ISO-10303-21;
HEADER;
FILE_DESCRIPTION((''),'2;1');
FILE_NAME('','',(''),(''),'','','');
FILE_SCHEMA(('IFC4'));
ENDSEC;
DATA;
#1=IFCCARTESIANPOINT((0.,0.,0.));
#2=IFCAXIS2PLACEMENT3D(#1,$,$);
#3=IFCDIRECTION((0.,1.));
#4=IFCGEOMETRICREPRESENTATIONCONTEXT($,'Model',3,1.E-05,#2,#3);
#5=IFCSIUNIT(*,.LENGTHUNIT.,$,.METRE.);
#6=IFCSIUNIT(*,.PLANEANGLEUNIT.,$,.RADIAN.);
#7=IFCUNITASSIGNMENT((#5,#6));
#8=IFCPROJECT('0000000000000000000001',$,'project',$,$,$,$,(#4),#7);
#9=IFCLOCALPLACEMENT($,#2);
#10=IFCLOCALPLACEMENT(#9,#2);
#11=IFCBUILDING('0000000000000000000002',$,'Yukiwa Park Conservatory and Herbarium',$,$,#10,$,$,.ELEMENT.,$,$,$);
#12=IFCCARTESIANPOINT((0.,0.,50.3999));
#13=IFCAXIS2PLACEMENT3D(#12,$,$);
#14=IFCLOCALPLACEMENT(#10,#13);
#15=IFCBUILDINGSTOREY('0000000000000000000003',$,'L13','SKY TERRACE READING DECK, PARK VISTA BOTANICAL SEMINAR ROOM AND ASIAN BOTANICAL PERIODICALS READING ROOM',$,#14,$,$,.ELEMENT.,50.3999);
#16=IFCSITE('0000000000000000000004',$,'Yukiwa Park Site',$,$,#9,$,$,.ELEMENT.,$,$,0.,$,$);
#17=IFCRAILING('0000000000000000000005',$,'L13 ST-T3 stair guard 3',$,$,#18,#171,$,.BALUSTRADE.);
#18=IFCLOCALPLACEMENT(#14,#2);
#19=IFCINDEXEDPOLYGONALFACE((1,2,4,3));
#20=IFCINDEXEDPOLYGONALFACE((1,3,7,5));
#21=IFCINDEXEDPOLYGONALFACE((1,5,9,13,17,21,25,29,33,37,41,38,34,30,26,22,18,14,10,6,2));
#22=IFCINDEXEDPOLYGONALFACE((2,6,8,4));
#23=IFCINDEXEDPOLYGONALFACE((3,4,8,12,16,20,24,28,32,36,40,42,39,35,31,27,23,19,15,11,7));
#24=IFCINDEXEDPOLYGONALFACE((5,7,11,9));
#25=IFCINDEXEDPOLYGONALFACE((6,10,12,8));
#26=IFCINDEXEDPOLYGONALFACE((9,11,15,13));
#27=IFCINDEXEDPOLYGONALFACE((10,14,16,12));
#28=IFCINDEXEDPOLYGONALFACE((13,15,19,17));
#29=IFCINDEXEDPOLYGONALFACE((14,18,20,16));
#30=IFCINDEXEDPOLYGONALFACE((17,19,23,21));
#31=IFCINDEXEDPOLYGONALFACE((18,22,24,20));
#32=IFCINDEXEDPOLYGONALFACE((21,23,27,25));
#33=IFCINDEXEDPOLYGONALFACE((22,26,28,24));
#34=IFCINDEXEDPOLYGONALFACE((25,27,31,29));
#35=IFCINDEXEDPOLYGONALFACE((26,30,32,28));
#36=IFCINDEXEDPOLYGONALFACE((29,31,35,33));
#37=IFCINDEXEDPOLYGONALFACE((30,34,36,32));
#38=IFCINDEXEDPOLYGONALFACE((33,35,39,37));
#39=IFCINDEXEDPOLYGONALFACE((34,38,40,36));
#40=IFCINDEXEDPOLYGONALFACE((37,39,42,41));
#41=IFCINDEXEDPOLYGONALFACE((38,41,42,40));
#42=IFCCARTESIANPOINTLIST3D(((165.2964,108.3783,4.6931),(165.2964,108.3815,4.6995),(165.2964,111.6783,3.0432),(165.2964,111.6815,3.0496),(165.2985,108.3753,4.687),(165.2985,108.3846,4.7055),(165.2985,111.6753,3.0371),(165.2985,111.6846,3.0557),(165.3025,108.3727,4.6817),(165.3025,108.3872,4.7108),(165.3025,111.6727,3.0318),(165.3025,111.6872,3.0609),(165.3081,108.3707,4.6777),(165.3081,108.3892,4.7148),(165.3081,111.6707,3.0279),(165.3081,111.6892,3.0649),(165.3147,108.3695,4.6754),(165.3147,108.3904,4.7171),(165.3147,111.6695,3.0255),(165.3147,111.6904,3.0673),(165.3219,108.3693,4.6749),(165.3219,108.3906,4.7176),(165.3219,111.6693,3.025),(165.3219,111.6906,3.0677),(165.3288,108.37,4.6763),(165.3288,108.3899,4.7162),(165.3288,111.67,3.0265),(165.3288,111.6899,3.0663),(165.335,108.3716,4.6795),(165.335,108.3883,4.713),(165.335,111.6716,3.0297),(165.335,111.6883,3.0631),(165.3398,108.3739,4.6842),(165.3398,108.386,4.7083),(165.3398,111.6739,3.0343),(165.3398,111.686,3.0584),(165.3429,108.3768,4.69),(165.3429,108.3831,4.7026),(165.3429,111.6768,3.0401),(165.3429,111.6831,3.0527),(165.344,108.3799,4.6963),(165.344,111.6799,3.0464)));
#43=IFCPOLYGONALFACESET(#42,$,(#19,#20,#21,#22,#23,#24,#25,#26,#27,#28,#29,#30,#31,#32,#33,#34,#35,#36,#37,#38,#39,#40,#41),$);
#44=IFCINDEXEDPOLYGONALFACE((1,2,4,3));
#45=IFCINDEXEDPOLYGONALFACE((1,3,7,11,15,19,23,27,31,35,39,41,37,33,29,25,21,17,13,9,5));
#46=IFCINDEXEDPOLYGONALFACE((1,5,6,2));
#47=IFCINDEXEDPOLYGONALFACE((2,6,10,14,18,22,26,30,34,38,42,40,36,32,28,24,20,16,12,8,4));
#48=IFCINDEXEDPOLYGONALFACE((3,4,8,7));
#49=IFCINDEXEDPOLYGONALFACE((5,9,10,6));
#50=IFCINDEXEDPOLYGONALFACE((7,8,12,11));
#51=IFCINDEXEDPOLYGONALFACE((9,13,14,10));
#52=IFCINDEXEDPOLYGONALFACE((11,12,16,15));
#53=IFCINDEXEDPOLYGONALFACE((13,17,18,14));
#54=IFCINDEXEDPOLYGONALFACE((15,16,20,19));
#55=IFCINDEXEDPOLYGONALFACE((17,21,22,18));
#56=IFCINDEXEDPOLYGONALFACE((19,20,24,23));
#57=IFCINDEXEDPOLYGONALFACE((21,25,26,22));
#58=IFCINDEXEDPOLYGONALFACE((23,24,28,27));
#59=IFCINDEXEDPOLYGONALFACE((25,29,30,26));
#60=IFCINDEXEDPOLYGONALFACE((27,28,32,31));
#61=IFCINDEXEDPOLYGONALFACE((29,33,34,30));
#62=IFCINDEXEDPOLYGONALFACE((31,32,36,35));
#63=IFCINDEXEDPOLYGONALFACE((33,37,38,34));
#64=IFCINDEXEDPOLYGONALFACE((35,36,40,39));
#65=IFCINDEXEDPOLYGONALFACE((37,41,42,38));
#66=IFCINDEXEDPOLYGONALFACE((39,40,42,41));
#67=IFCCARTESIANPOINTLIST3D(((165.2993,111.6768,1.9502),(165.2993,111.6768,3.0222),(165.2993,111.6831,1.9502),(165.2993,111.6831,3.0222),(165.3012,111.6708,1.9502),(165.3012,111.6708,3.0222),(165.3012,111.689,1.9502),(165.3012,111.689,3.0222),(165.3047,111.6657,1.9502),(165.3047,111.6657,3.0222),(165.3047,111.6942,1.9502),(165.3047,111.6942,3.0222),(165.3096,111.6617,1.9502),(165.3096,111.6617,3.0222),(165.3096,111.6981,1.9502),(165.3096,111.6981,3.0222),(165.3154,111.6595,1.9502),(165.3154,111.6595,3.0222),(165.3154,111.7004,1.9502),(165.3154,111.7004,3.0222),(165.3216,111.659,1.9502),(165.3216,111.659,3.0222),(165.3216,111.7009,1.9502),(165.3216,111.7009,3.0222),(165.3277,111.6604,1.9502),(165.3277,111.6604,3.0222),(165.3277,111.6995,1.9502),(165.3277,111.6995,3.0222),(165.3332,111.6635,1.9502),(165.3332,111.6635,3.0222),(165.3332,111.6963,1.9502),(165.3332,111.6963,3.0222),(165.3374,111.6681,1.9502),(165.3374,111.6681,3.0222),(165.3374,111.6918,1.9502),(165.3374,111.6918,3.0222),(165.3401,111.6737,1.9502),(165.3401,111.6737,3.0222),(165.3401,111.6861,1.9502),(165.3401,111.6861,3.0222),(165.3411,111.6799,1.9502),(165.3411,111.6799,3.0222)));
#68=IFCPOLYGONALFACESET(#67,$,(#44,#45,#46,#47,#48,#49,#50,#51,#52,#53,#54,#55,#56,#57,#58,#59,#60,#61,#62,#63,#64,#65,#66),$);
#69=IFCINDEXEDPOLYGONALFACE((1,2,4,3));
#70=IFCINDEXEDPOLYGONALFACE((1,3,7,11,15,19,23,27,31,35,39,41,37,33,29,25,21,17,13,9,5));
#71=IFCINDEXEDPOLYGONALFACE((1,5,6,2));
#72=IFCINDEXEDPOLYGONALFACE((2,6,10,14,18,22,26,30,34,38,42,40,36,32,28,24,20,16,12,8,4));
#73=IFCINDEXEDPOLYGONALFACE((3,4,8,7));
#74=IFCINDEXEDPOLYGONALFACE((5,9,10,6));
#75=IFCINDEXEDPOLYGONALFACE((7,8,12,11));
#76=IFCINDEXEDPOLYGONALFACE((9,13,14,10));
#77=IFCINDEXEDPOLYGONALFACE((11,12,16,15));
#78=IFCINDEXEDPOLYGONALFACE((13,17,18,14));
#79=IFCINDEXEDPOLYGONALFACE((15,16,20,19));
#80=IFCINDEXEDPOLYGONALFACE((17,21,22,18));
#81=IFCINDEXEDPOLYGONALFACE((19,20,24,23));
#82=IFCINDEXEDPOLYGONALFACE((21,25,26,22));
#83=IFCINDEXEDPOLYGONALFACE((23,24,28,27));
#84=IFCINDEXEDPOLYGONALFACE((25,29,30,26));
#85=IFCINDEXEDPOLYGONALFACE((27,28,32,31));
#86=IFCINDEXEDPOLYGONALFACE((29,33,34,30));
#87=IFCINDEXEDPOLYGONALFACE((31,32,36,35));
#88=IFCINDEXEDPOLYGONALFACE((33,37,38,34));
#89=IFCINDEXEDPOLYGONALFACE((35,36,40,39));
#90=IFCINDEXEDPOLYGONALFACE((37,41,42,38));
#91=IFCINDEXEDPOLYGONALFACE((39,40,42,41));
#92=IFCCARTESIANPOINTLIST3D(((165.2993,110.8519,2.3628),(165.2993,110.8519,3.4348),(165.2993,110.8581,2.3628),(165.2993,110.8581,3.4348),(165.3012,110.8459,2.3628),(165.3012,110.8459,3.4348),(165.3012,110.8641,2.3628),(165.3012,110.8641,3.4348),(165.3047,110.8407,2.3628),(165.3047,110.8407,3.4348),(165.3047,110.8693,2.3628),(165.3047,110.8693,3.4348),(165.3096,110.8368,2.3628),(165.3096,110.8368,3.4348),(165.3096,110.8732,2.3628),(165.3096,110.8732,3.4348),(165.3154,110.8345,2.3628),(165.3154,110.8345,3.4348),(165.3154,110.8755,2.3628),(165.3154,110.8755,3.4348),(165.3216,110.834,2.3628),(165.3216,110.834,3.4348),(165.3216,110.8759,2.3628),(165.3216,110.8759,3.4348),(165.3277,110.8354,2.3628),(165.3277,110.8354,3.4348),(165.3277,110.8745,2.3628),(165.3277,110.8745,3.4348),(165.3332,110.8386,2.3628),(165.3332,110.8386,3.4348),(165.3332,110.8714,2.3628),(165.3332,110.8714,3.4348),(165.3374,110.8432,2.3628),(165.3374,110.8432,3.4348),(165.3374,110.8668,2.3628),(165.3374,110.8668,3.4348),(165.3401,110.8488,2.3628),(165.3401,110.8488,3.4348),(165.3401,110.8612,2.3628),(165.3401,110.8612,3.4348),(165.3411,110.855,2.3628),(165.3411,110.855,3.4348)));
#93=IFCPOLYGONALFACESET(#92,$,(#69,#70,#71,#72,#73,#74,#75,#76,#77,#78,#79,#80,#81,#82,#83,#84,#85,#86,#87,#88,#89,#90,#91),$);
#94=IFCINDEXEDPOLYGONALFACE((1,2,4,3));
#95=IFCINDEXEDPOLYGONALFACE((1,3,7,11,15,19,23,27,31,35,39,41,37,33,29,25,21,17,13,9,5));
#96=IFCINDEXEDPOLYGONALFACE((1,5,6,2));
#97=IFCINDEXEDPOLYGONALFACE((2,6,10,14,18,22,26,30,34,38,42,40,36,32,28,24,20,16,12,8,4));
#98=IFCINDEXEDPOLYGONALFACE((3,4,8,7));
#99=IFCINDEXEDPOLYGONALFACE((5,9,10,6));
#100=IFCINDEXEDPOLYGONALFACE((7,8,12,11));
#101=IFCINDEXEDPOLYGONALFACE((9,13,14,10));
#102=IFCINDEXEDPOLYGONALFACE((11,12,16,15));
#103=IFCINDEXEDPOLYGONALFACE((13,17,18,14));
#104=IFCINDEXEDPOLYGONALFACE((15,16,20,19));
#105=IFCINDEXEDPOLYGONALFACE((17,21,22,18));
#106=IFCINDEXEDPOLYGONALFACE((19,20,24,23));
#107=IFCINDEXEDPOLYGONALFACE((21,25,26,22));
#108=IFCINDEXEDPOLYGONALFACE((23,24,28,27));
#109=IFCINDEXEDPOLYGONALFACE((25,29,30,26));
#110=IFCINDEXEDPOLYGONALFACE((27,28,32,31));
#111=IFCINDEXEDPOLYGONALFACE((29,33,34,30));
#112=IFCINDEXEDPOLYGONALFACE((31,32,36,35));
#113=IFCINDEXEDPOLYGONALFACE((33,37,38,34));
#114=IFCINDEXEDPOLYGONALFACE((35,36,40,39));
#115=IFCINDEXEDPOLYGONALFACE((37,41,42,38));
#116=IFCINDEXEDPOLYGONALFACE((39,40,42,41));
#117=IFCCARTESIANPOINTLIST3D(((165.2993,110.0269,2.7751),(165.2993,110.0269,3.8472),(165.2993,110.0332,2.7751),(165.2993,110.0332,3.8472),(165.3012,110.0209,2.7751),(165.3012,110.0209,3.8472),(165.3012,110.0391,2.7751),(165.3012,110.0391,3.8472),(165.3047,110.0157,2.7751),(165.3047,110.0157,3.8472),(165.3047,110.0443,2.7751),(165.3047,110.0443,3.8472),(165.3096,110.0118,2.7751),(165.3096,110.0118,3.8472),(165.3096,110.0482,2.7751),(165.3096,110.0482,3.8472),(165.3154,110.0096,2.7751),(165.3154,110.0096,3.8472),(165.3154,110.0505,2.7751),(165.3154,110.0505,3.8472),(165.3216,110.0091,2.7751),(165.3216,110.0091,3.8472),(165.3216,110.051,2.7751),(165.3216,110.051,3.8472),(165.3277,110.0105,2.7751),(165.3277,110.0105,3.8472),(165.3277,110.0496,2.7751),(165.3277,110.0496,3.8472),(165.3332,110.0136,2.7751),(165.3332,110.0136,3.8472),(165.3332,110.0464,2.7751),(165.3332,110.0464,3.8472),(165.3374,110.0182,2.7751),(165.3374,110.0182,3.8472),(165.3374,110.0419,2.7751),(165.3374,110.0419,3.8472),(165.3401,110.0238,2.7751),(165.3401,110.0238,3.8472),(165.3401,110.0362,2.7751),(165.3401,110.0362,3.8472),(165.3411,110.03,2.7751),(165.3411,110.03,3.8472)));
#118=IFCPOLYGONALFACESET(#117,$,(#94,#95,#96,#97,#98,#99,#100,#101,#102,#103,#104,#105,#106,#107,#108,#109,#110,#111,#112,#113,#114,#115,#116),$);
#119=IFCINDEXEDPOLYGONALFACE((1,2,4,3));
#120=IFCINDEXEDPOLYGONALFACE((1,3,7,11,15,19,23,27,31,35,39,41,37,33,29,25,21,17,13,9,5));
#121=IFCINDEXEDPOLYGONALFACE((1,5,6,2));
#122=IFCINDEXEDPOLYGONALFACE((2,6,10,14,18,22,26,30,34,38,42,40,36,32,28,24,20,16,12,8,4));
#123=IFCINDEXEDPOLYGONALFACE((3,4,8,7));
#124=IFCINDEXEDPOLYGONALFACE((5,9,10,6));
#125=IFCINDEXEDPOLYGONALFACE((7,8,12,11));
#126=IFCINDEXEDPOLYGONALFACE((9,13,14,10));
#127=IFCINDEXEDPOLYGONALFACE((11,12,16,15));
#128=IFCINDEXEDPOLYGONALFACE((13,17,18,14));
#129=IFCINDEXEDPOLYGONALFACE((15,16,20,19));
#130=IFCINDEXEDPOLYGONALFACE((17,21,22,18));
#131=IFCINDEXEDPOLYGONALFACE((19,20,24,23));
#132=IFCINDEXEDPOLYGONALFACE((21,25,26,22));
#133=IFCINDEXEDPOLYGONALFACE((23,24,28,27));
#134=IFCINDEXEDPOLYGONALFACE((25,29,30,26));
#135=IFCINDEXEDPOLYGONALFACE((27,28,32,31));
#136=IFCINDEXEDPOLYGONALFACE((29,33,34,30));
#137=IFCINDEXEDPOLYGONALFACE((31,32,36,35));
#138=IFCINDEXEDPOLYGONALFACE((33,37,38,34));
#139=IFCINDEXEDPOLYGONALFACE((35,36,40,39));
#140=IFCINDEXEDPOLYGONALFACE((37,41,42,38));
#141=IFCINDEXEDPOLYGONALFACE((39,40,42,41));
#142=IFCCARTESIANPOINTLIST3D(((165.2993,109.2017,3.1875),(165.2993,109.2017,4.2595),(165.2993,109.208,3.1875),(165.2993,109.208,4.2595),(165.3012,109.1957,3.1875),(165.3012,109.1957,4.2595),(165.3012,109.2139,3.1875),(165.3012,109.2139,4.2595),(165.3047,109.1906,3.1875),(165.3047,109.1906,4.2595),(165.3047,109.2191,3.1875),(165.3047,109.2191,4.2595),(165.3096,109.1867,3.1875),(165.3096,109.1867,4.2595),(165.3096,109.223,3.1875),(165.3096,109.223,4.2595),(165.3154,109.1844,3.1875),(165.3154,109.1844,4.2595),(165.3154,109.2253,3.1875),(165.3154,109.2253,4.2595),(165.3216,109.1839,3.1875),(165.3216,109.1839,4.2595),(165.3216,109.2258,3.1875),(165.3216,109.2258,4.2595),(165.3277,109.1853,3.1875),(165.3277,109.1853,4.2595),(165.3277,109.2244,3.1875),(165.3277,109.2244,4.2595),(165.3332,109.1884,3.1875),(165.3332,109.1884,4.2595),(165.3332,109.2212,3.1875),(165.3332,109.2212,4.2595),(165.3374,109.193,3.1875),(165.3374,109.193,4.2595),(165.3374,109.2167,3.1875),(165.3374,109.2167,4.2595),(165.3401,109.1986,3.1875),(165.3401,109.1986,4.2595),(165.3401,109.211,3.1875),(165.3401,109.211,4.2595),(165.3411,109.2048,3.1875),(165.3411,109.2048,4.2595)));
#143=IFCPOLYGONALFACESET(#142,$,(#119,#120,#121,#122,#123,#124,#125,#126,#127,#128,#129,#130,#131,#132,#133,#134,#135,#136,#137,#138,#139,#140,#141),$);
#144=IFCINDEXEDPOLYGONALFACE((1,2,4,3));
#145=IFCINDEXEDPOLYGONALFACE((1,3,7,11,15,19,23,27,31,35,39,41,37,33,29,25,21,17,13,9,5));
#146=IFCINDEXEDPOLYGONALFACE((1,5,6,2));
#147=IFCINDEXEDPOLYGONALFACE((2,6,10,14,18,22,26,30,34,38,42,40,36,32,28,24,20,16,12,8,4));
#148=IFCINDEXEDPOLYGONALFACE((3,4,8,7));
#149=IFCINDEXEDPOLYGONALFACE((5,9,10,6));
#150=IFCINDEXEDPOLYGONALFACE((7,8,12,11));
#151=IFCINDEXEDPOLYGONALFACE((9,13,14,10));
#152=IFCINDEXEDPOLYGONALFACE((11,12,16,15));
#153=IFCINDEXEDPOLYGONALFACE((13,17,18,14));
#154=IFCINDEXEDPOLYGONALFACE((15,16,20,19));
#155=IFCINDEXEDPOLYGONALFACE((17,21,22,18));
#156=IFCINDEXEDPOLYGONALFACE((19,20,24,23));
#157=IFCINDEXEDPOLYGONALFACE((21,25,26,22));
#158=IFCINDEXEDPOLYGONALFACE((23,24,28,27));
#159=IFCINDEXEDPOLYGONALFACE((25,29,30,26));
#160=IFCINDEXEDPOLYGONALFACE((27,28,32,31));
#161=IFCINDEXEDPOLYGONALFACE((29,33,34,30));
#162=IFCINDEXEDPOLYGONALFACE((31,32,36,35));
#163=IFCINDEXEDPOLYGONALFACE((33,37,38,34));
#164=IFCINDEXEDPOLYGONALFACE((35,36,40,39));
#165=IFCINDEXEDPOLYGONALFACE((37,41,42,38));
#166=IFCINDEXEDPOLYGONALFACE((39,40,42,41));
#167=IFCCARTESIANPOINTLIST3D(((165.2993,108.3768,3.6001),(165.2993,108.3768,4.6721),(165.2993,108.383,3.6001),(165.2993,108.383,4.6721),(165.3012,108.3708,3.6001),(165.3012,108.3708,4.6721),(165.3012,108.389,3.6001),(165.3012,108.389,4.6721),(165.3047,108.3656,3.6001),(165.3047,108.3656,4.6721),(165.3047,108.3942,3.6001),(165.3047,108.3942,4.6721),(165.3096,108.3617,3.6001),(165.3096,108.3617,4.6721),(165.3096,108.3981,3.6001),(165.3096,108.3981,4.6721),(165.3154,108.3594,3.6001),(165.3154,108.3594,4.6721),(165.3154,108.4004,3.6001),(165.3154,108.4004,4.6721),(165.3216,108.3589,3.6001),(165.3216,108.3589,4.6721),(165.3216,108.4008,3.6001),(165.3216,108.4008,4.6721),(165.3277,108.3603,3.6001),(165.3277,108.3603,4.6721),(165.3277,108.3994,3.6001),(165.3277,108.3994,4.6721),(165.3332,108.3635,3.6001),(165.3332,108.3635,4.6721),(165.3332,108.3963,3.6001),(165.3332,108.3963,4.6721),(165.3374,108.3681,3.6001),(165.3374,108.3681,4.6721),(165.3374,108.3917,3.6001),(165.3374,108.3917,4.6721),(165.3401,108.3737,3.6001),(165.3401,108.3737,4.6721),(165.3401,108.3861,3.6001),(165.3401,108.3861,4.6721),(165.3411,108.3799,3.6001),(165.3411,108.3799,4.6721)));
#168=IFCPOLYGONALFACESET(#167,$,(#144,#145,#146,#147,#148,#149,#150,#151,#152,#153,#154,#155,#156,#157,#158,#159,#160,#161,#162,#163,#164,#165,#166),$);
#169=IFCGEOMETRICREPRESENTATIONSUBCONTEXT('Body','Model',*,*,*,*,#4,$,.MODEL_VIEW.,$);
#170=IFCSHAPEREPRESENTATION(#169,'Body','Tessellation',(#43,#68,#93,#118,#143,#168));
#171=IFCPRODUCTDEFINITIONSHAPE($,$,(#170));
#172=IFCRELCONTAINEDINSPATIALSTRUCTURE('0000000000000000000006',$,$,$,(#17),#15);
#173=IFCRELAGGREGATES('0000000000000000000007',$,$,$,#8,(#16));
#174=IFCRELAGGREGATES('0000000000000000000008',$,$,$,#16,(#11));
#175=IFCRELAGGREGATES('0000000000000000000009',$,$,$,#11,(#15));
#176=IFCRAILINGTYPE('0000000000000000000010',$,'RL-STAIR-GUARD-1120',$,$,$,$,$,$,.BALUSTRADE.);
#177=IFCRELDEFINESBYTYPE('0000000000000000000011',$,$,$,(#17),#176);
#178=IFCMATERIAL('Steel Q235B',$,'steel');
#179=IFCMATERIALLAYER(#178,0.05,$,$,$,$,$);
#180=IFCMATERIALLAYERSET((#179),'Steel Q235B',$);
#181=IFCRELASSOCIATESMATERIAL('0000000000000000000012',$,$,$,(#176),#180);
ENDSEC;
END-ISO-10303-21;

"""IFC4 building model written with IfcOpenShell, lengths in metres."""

from ifc_helpers import new_model, si_unit, direction, frame, origin, origin_2d, place, context, subcontext, project, spatial, circle, extrude, material, layer, layer_set, type_object, element, save


model = new_model("IFC4")

# Units and contexts
model_context = context("Model", 3, precision=1e-05, world=origin(), true_north=direction((0.0, 1.0)))
body_context = subcontext(model_context, "Body", "Model", "MODEL_VIEW")
ifc_project = project(units=[si_unit("LENGTHUNIT", "METRE"), si_unit("PLANEANGLEUNIT", "RADIAN")], contexts=[model_context])

# Site, building, storey
site_placement = place(None, origin())
site = spatial("IfcSite", under=ifc_project, at=site_placement, Name="Yukiwa Park Site", CompositionType="ELEMENT", RefElevation=0.0)
building_placement = place(site_placement, origin())
building = spatial("IfcBuilding", under=site, at=building_placement, Name="Yukiwa Park Conservatory and Herbarium", CompositionType="ELEMENT")
storey_placement = place(building_placement, frame((0.0, 0.0, 50.3999)))
storey = spatial("IfcBuildingStorey", under=building, at=storey_placement, Name="L13", Description="SKY TERRACE READING DECK, PARK VISTA BOTANICAL SEMINAR ROOM AND ASIAN BOTANICAL PERIODICALS READING ROOM", CompositionType="ELEMENT", Elevation=50.3999)

# Railing
ifc_material_1 = material(Name="Steel Q235B", Category="steel")
ifc_layer_1 = layer(ifc_material_1, 0.05)
ifc_layer_set_1 = layer_set([ifc_layer_1], Name="Steel Q235B")
railing_type_1 = type_object("IfcRailingType", Name="RL-STAIR-GUARD-1120", PredefinedType="BALUSTRADE", material=ifc_layer_set_1)
railing_1_placement = place(storey_placement, frame((165.3201, 111.6799, 1.9502)))
element("IfcRailing", 1, at=railing_1_placement, inside=storey, type_object=railing_type_1, Name="L13 ST-T3 stair guard 3", PredefinedType="BALUSTRADE", context=body_context, shape_type="SweptSolid", body=[
    extrude(circle(Radius=0.0239, at=origin_2d()), frame((0.0, 0.0, 1.0962), z_axis=(0.0, -0.89444, 0.447187), x_axis=(1.0, 0.0, 0.0)), (0.0, 0.0, 1.0), 3.6895),
    extrude(circle(Radius=0.021, at=origin_2d()), origin(), (0.0, 0.0, 1.0), 1.072),
    extrude(circle(Radius=0.021, at=origin_2d()), frame((0.0, -0.825, 0.4126)), (0.0, 0.0, 1.0), 1.072),
    extrude(circle(Radius=0.021, at=origin_2d()), frame((0.0, -1.6499, 0.825)), (0.0, 0.0, 1.0), 1.072),
    extrude(circle(Radius=0.021, at=origin_2d()), frame((0.0, -2.4751, 1.2373)), (0.0, 0.0, 1.0), 1.072),
    extrude(circle(Radius=0.021, at=origin_2d()), frame((0.0, -3.3, 1.6499)), (0.0, 0.0, 1.0), 1.072),
])

save(model, "model.ifc")
